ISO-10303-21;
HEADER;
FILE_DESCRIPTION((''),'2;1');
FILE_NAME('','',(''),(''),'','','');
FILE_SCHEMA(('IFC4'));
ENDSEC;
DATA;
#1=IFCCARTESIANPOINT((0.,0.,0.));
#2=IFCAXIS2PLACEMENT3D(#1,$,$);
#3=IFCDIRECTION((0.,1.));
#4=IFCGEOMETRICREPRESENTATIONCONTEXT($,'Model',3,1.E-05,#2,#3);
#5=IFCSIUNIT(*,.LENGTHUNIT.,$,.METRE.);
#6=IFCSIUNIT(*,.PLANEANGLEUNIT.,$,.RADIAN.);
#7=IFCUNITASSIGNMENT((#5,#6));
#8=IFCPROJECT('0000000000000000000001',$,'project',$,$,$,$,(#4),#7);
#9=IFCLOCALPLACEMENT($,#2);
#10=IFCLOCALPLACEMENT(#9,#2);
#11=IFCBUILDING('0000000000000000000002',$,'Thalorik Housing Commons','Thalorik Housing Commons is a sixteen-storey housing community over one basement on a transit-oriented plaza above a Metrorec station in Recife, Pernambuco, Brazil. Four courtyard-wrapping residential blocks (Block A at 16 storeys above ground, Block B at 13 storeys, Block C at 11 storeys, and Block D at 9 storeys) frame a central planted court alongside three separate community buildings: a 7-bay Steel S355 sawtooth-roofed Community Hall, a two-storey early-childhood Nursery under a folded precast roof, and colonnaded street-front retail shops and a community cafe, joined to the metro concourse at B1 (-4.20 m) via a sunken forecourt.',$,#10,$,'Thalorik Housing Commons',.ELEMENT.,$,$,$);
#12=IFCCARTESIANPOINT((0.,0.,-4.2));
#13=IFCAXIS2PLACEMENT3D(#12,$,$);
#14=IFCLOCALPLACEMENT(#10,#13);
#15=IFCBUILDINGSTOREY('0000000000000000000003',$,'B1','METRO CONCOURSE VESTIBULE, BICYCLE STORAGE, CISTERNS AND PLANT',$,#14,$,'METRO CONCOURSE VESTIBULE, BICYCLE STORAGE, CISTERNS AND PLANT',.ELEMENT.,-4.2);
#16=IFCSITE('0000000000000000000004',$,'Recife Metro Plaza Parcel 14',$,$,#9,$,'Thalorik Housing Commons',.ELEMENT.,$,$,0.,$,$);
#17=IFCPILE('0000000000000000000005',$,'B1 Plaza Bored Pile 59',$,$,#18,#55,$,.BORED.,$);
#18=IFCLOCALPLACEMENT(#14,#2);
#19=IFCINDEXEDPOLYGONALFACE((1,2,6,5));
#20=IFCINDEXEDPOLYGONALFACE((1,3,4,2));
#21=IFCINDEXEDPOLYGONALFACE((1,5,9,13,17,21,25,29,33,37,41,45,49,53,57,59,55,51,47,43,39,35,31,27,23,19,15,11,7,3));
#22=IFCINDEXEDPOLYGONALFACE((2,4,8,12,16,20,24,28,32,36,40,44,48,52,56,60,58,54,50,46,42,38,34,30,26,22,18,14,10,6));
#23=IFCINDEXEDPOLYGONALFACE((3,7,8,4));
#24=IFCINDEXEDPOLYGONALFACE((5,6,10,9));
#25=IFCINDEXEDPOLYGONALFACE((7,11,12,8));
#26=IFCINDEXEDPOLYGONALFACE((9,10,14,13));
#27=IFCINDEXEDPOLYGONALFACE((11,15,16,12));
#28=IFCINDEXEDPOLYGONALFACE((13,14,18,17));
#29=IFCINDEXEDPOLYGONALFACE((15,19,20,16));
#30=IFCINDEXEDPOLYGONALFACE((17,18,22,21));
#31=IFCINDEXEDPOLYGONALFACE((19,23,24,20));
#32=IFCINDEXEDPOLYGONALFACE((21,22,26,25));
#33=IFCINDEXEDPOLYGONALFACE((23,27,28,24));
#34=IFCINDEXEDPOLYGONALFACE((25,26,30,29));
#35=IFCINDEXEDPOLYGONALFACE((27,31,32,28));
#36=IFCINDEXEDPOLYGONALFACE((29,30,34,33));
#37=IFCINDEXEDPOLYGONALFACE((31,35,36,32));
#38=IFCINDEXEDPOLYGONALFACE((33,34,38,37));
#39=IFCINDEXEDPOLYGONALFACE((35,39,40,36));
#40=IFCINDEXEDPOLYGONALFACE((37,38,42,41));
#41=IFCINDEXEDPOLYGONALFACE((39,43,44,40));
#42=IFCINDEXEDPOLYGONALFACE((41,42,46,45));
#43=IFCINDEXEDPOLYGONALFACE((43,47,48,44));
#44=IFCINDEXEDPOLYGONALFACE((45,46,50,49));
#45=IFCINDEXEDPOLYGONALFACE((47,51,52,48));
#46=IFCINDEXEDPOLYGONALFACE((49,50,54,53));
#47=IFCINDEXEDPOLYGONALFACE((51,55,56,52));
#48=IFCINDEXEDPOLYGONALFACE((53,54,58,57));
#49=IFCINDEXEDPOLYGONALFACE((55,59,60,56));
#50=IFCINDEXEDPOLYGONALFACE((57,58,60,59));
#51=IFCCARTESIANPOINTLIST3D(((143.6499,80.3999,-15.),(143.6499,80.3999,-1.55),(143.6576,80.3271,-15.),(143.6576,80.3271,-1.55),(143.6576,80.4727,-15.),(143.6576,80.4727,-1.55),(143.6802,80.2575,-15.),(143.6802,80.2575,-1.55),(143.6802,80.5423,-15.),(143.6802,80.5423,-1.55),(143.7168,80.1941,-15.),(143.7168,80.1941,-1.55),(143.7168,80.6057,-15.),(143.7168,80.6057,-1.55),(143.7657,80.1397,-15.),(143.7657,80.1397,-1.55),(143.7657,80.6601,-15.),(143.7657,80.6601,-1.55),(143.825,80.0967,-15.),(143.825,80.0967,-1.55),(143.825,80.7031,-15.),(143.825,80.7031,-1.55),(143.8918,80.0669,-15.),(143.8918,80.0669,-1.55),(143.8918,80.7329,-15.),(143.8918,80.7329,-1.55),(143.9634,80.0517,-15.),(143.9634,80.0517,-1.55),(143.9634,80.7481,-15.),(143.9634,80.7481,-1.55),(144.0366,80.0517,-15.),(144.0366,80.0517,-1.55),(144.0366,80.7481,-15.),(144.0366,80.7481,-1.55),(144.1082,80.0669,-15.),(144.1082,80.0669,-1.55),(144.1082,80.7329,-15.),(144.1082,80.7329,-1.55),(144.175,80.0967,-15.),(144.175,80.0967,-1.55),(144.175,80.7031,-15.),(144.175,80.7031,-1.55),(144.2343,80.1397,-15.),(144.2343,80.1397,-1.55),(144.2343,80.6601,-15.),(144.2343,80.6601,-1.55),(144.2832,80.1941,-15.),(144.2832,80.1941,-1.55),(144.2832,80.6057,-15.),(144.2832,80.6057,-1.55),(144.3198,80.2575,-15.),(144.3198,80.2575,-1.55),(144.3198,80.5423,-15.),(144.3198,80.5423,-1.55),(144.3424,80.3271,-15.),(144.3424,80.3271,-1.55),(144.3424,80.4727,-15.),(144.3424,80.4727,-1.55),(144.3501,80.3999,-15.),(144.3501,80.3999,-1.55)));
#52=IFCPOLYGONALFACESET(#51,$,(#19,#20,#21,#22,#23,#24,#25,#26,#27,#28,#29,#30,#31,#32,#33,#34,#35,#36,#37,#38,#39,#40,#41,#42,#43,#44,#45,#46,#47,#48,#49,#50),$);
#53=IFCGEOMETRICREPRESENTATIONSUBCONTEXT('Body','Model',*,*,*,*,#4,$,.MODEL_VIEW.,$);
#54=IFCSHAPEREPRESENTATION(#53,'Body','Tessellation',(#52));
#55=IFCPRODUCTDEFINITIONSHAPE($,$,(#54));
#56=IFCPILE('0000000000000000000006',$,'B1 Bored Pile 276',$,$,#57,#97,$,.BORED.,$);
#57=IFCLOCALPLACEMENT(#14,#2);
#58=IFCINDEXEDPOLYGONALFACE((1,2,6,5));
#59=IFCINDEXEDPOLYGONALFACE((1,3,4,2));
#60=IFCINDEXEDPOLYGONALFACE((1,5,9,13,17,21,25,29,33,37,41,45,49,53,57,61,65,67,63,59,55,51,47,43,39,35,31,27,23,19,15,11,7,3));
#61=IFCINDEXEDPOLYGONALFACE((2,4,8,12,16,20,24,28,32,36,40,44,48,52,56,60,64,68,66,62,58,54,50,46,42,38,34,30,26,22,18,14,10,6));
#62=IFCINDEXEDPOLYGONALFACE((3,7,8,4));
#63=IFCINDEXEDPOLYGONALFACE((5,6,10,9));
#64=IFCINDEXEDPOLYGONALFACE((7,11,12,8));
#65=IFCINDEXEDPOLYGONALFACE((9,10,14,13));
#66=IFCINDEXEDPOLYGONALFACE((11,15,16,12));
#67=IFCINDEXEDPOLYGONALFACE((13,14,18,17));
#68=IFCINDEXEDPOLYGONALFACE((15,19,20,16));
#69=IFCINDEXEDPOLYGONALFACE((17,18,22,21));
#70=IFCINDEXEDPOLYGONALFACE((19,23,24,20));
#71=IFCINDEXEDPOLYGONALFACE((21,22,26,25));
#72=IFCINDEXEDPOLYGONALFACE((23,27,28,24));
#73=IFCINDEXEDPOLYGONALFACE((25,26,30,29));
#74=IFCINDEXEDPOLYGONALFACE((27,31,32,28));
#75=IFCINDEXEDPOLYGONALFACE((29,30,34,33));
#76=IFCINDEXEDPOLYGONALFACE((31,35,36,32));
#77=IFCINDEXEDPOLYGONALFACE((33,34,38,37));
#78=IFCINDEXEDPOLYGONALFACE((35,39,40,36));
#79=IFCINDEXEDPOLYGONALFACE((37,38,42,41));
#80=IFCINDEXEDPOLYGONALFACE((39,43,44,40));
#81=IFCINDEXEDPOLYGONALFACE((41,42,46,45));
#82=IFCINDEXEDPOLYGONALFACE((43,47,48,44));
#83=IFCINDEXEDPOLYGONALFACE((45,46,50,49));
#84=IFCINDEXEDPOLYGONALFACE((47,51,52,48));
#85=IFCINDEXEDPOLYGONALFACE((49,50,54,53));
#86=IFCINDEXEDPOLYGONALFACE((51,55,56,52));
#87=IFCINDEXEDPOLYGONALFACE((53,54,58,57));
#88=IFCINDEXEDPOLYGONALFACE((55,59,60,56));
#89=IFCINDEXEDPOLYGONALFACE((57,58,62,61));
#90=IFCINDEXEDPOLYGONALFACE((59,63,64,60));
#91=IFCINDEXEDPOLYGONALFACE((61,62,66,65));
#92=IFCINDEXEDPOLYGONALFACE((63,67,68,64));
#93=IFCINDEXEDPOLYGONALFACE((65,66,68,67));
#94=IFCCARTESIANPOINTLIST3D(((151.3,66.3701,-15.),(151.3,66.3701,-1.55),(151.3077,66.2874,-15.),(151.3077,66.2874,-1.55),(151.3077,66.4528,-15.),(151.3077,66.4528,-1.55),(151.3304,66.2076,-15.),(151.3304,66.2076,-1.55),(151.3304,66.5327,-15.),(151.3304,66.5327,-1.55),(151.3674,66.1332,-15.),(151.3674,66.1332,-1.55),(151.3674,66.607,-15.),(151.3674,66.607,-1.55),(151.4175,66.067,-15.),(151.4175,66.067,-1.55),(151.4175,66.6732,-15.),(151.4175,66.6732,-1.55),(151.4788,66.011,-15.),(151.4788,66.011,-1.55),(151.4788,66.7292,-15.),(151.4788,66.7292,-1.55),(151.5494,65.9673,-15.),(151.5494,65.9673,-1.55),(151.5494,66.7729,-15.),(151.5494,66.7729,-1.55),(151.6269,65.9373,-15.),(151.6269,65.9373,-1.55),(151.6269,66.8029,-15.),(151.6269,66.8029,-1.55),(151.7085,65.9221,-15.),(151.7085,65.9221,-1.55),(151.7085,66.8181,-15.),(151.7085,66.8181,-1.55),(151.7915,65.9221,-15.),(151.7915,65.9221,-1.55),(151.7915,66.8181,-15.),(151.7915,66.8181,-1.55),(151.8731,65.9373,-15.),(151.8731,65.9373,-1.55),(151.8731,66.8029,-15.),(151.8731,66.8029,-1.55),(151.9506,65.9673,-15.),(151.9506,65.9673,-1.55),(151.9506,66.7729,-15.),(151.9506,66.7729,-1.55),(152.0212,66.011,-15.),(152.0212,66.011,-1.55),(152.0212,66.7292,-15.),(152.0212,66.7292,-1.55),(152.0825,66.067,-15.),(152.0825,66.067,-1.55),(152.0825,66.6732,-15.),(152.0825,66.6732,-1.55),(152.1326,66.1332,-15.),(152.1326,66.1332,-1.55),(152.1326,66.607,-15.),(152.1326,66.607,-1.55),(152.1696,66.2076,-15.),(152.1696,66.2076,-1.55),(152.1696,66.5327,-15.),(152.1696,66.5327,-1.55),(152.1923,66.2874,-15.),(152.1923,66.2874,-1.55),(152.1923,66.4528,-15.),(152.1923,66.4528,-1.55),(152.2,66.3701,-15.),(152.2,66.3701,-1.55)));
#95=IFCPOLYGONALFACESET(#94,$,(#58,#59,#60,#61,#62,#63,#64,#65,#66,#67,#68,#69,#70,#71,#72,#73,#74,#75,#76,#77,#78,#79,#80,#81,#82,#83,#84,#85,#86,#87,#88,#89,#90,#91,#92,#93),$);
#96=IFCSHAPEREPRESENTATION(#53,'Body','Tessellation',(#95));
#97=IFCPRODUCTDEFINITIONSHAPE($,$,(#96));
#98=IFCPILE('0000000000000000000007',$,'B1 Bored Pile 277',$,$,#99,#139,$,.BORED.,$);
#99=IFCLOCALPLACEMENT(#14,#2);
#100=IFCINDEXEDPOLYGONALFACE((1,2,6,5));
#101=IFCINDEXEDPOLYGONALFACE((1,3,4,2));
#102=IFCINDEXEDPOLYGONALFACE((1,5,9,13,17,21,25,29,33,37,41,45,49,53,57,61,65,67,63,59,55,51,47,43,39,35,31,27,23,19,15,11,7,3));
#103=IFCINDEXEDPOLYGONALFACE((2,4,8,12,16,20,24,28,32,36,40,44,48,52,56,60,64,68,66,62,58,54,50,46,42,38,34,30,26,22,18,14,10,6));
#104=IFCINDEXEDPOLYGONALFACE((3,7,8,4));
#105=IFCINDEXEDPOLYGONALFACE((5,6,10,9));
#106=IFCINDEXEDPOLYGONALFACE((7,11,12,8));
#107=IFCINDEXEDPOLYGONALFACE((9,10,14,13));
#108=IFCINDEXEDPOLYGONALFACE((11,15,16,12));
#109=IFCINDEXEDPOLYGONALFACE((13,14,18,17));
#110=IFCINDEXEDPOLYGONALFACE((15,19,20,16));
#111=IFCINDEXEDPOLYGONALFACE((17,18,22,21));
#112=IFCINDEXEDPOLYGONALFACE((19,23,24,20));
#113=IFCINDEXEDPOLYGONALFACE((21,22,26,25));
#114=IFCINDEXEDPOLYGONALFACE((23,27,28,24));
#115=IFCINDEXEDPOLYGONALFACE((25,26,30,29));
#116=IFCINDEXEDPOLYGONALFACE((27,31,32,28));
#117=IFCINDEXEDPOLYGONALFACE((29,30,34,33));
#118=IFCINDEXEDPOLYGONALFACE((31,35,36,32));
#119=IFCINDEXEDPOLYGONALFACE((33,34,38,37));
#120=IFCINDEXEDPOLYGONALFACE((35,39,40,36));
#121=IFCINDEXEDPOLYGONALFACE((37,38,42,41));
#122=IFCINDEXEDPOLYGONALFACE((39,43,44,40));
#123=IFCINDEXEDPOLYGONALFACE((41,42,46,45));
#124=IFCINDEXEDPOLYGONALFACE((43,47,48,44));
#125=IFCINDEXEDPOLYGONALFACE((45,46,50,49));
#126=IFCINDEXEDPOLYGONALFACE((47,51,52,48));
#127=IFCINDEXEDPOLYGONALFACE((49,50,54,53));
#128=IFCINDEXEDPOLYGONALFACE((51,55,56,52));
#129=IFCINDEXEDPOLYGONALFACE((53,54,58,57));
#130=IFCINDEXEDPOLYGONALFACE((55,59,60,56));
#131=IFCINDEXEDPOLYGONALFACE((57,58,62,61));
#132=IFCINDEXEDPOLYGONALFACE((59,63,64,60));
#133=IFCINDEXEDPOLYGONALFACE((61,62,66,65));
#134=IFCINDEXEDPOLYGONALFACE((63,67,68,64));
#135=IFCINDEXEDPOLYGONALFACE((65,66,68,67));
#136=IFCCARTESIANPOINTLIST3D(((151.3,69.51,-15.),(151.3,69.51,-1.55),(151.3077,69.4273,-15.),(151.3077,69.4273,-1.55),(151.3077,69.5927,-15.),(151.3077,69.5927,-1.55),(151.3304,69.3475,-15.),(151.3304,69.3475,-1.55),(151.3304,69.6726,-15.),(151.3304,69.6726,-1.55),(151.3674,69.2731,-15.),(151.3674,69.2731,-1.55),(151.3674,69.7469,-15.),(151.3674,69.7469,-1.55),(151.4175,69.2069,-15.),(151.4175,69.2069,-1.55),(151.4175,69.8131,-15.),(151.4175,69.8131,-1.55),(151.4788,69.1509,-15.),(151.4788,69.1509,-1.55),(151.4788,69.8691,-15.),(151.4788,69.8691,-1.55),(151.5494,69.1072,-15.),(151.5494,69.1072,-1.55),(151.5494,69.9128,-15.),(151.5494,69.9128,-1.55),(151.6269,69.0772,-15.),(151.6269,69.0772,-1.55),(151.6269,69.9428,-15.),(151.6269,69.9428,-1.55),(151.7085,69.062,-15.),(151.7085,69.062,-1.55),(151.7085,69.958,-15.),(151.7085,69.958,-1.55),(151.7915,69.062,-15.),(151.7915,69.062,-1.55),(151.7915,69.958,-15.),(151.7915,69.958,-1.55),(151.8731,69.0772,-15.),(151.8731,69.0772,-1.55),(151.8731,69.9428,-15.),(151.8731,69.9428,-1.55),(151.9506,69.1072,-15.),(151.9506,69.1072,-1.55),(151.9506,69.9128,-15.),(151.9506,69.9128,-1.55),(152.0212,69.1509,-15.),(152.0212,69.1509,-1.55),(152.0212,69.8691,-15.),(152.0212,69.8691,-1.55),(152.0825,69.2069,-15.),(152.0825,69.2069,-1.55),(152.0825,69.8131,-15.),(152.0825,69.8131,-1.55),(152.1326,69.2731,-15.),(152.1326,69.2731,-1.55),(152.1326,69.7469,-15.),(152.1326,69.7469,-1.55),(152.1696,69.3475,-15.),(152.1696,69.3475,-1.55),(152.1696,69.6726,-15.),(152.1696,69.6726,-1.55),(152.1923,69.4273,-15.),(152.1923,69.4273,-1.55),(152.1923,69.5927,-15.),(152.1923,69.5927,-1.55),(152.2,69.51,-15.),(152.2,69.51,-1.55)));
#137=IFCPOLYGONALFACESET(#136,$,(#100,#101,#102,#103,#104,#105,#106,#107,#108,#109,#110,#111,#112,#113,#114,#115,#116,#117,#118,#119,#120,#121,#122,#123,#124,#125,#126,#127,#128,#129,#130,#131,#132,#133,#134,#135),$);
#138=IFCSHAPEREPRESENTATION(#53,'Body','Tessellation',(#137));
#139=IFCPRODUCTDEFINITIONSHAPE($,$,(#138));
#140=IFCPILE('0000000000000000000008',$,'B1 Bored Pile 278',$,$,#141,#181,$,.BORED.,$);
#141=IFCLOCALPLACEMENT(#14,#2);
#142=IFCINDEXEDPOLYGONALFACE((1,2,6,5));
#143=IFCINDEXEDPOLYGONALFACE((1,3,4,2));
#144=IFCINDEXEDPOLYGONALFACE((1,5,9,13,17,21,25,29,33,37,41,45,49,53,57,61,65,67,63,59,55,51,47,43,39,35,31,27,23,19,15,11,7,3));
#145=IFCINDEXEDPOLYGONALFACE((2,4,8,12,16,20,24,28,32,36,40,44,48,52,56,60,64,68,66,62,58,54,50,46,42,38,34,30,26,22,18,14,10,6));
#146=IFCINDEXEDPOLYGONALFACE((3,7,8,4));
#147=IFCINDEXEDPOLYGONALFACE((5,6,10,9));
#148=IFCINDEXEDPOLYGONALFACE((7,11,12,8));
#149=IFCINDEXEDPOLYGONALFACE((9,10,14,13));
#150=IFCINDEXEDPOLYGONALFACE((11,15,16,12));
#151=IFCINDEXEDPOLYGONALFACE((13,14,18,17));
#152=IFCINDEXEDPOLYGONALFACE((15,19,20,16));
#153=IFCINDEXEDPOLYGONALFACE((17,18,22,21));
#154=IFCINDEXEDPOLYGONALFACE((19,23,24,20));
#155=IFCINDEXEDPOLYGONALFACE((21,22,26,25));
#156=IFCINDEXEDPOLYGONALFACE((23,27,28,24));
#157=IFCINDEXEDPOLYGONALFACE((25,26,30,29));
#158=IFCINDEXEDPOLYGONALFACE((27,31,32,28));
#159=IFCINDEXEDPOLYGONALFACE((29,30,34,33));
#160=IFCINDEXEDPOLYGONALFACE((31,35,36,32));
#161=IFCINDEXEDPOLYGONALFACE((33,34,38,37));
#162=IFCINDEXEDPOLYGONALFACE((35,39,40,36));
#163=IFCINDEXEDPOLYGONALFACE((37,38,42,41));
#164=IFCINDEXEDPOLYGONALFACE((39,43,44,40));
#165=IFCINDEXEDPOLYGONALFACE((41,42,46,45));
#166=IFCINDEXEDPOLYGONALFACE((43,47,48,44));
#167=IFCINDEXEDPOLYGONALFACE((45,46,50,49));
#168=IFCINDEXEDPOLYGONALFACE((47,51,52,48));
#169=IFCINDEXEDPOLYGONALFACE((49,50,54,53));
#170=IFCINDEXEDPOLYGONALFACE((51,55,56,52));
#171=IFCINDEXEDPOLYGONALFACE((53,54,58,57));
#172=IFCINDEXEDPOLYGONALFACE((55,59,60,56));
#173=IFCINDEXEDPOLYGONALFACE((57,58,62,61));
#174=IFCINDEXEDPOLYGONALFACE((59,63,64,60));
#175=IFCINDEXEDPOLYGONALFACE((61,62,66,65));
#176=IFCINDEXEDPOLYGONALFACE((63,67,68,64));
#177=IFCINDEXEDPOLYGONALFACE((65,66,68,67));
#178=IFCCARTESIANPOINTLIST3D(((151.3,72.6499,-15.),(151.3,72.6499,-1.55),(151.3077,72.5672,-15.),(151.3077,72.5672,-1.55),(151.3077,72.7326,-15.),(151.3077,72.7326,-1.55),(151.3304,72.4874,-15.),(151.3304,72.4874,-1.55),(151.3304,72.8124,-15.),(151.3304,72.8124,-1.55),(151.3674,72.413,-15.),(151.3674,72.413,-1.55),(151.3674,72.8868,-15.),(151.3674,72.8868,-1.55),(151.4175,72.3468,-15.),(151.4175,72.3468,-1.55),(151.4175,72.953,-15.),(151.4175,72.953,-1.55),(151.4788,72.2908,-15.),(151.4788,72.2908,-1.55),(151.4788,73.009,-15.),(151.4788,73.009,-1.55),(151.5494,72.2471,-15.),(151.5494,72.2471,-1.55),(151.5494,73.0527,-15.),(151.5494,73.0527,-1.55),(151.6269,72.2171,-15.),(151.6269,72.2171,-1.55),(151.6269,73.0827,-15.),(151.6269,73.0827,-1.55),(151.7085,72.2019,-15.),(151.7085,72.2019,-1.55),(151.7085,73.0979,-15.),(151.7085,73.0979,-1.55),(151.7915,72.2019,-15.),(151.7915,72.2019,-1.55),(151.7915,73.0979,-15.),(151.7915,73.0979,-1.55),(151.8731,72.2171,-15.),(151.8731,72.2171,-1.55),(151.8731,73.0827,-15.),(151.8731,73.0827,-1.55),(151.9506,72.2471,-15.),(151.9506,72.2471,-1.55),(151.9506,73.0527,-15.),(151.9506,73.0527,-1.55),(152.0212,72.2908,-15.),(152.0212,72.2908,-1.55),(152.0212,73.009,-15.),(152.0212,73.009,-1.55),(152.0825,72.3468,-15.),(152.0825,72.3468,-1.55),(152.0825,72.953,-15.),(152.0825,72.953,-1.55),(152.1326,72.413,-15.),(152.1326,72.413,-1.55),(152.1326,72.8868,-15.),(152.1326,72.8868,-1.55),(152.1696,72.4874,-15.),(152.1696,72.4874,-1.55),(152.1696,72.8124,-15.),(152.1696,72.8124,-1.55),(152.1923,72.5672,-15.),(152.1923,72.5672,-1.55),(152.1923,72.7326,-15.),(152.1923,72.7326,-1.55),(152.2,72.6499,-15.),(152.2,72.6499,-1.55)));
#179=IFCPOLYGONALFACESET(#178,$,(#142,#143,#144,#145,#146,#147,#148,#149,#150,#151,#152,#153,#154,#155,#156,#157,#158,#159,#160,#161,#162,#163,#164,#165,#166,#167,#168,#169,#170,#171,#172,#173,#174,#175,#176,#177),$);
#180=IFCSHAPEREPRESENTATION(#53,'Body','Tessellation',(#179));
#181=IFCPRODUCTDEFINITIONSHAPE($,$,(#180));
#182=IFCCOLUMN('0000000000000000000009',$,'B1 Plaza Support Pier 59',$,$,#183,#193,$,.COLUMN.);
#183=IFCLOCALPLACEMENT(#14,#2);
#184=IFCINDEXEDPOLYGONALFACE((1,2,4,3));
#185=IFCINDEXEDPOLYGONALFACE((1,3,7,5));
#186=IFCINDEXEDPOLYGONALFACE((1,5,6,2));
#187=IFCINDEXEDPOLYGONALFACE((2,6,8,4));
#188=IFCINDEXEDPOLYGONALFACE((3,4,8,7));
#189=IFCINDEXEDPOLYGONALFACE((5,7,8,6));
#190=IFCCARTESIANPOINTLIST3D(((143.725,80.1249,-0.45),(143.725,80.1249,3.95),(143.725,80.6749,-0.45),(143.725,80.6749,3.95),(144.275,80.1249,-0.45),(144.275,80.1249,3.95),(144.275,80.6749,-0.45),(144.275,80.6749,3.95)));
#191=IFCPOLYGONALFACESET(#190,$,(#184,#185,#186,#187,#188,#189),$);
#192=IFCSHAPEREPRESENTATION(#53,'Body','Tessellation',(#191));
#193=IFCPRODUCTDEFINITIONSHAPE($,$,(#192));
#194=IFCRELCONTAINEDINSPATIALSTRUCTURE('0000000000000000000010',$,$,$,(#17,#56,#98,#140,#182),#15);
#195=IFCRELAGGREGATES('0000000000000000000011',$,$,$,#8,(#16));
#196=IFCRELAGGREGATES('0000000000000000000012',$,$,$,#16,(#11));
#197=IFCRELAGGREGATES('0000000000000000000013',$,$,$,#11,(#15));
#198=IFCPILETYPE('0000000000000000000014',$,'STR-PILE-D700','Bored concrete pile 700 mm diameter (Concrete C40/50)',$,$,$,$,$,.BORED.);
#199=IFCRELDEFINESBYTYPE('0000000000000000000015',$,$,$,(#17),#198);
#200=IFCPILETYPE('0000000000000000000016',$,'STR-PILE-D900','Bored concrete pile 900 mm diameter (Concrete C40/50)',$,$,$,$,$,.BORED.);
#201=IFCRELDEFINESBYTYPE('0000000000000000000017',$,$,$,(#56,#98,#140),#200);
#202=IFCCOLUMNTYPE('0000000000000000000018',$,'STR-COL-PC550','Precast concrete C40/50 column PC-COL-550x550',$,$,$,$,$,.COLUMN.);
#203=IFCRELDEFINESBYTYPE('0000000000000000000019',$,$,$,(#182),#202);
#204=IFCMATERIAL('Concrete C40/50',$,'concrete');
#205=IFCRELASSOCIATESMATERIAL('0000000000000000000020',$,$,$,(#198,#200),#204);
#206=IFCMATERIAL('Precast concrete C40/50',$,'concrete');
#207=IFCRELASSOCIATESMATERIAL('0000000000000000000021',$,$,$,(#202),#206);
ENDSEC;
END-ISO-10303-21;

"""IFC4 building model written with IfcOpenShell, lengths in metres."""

from ifc_helpers import new_model, si_unit, direction, frame, origin, origin_2d, place, context, subcontext, project, spatial, rectangle, circle, extrude, material, material_profile, profile_set, type_object, element, save


model = new_model("IFC4")

# Units and contexts
model_context = context("Model", 3, precision=1e-05, world=origin(), true_north=direction((0.0, 1.0)))
body_context = subcontext(model_context, "Body", "Model", "MODEL_VIEW")
ifc_project = project(units=[si_unit("LENGTHUNIT", "METRE"), si_unit("PLANEANGLEUNIT", "RADIAN")], contexts=[model_context])

# Site, building, storey
site_placement = place(None, origin())
site = spatial("IfcSite", under=ifc_project, at=site_placement, Name="Recife Metro Plaza Parcel 14", LongName="Thalorik Housing Commons", CompositionType="ELEMENT", RefElevation=0.0)
building_placement = place(site_placement, origin())
building = spatial("IfcBuilding", under=site, at=building_placement, Name="Thalorik Housing Commons", Description="Thalorik Housing Commons is a sixteen-storey housing community over one basement on a transit-oriented plaza above a Metrorec station in Recife, Pernambuco, Brazil. Four courtyard-wrapping residential blocks (Block A at 16 storeys above ground, Block B at 13 storeys, Block C at 11 storeys, and Block D at 9 storeys) frame a central planted court alongside three separate community buildings: a 7-bay Steel S355 sawtooth-roofed Community Hall, a two-storey early-childhood Nursery under a folded precast roof, and colonnaded street-front retail shops and a community cafe, joined to the metro concourse at B1 (-4.20 m) via a sunken forecourt.", LongName="Thalorik Housing Commons", CompositionType="ELEMENT")
storey_placement = place(building_placement, frame((0.0, 0.0, -4.2)))
storey = spatial("IfcBuildingStorey", under=building, at=storey_placement, Name="B1", Description="METRO CONCOURSE VESTIBULE, BICYCLE STORAGE, CISTERNS AND PLANT", LongName="METRO CONCOURSE VESTIBULE, BICYCLE STORAGE, CISTERNS AND PLANT", CompositionType="ELEMENT", Elevation=-4.2)

# Shared definitions
ifc_material_1 = material(Name="Concrete C40/50", Category="concrete")

# Piles
ifc_material_profile_1 = material_profile(ifc_material_1, circle(Radius=0.3501, at=origin_2d()), Name="BORED PILE D700", Category="concrete")
ifc_profile_set_1 = profile_set([ifc_material_profile_1], Name="Concrete C40/50")
pile_type_1 = type_object("IfcPileType", Name="STR-PILE-D700", Description="Bored concrete pile 700 mm diameter (Concrete C40/50)", PredefinedType="BORED", material=ifc_profile_set_1)
for number, where, z_axis, x_axis, name in (
    (1, (144.0, 80.3999, -1.55), (0.0, 0.0, -1.0), (1.0, 0.0, 0.0), "B1 Plaza Bored Pile 59"),
):
    element("IfcPile", number, at=place(storey_placement, frame(where, z_axis=z_axis, x_axis=x_axis)), inside=storey, type_object=pile_type_1, Name=name, PredefinedType="BORED", context=body_context, shape_type="SweptSolid", body=[
        extrude(circle(Radius=0.3501, at=origin_2d()), origin(), (0.0, 0.0, 1.0), 13.45),
    ])
ifc_material_profile_2 = material_profile(ifc_material_1, circle(Radius=0.45, at=origin_2d()), Name="BORED PILE D900", Category="concrete")
ifc_profile_set_2 = profile_set([ifc_material_profile_2], Name="Concrete C40/50")
pile_type_2 = type_object("IfcPileType", Name="STR-PILE-D900", Description="Bored concrete pile 900 mm diameter (Concrete C40/50)", PredefinedType="BORED", material=ifc_profile_set_2)
for number, where, z_axis, x_axis, name in (
    (2, (151.75, 66.3701, -1.55), (0.0, 0.0, -1.0), (1.0, 0.0, 0.0), "B1 Bored Pile 276"),
    (3, (151.75, 69.51, -1.55), (0.0, 0.0, -1.0), (1.0, 0.0, 0.0), "B1 Bored Pile 277"),
    (4, (151.75, 72.6499, -1.55), (0.0, 0.0, -1.0), (1.0, 0.0, 0.0), "B1 Bored Pile 278"),
):
    element("IfcPile", number, at=place(storey_placement, frame(where, z_axis=z_axis, x_axis=x_axis)), inside=storey, type_object=pile_type_2, Name=name, PredefinedType="BORED", context=body_context, shape_type="SweptSolid", body=[
        extrude(circle(Radius=0.45, at=origin_2d()), origin(), (0.0, 0.0, 1.0), 13.45),
    ])

# Column
ifc_material_2 = material(Name="Precast concrete C40/50", Category="concrete")
ifc_material_profile_3 = material_profile(ifc_material_2, rectangle(XDim=0.55, YDim=0.55, at=origin_2d()), Name="PC 550x550", Category="concrete")
ifc_profile_set_3 = profile_set([ifc_material_profile_3], Name="Precast concrete C40/50")
column_type_1 = type_object("IfcColumnType", Name="STR-COL-PC550", Description="Precast concrete C40/50 column PC-COL-550x550", PredefinedType="COLUMN", material=ifc_profile_set_3)
column_1_placement = place(storey_placement, frame((144.0, 80.3999, -0.45), z_axis=(0.0, 0.0, 1.0), x_axis=(1.0, 0.0, 0.0)))
element("IfcColumn", 5, at=column_1_placement, inside=storey, type_object=column_type_1, Name="B1 Plaza Support Pier 59", PredefinedType="COLUMN", context=body_context, shape_type="SweptSolid", body=[
    extrude(rectangle(XDim=0.55, YDim=0.55, at=origin_2d()), origin(), (0.0, 0.0, 1.0), 4.3999),
])

save(model, "model.ifc")
